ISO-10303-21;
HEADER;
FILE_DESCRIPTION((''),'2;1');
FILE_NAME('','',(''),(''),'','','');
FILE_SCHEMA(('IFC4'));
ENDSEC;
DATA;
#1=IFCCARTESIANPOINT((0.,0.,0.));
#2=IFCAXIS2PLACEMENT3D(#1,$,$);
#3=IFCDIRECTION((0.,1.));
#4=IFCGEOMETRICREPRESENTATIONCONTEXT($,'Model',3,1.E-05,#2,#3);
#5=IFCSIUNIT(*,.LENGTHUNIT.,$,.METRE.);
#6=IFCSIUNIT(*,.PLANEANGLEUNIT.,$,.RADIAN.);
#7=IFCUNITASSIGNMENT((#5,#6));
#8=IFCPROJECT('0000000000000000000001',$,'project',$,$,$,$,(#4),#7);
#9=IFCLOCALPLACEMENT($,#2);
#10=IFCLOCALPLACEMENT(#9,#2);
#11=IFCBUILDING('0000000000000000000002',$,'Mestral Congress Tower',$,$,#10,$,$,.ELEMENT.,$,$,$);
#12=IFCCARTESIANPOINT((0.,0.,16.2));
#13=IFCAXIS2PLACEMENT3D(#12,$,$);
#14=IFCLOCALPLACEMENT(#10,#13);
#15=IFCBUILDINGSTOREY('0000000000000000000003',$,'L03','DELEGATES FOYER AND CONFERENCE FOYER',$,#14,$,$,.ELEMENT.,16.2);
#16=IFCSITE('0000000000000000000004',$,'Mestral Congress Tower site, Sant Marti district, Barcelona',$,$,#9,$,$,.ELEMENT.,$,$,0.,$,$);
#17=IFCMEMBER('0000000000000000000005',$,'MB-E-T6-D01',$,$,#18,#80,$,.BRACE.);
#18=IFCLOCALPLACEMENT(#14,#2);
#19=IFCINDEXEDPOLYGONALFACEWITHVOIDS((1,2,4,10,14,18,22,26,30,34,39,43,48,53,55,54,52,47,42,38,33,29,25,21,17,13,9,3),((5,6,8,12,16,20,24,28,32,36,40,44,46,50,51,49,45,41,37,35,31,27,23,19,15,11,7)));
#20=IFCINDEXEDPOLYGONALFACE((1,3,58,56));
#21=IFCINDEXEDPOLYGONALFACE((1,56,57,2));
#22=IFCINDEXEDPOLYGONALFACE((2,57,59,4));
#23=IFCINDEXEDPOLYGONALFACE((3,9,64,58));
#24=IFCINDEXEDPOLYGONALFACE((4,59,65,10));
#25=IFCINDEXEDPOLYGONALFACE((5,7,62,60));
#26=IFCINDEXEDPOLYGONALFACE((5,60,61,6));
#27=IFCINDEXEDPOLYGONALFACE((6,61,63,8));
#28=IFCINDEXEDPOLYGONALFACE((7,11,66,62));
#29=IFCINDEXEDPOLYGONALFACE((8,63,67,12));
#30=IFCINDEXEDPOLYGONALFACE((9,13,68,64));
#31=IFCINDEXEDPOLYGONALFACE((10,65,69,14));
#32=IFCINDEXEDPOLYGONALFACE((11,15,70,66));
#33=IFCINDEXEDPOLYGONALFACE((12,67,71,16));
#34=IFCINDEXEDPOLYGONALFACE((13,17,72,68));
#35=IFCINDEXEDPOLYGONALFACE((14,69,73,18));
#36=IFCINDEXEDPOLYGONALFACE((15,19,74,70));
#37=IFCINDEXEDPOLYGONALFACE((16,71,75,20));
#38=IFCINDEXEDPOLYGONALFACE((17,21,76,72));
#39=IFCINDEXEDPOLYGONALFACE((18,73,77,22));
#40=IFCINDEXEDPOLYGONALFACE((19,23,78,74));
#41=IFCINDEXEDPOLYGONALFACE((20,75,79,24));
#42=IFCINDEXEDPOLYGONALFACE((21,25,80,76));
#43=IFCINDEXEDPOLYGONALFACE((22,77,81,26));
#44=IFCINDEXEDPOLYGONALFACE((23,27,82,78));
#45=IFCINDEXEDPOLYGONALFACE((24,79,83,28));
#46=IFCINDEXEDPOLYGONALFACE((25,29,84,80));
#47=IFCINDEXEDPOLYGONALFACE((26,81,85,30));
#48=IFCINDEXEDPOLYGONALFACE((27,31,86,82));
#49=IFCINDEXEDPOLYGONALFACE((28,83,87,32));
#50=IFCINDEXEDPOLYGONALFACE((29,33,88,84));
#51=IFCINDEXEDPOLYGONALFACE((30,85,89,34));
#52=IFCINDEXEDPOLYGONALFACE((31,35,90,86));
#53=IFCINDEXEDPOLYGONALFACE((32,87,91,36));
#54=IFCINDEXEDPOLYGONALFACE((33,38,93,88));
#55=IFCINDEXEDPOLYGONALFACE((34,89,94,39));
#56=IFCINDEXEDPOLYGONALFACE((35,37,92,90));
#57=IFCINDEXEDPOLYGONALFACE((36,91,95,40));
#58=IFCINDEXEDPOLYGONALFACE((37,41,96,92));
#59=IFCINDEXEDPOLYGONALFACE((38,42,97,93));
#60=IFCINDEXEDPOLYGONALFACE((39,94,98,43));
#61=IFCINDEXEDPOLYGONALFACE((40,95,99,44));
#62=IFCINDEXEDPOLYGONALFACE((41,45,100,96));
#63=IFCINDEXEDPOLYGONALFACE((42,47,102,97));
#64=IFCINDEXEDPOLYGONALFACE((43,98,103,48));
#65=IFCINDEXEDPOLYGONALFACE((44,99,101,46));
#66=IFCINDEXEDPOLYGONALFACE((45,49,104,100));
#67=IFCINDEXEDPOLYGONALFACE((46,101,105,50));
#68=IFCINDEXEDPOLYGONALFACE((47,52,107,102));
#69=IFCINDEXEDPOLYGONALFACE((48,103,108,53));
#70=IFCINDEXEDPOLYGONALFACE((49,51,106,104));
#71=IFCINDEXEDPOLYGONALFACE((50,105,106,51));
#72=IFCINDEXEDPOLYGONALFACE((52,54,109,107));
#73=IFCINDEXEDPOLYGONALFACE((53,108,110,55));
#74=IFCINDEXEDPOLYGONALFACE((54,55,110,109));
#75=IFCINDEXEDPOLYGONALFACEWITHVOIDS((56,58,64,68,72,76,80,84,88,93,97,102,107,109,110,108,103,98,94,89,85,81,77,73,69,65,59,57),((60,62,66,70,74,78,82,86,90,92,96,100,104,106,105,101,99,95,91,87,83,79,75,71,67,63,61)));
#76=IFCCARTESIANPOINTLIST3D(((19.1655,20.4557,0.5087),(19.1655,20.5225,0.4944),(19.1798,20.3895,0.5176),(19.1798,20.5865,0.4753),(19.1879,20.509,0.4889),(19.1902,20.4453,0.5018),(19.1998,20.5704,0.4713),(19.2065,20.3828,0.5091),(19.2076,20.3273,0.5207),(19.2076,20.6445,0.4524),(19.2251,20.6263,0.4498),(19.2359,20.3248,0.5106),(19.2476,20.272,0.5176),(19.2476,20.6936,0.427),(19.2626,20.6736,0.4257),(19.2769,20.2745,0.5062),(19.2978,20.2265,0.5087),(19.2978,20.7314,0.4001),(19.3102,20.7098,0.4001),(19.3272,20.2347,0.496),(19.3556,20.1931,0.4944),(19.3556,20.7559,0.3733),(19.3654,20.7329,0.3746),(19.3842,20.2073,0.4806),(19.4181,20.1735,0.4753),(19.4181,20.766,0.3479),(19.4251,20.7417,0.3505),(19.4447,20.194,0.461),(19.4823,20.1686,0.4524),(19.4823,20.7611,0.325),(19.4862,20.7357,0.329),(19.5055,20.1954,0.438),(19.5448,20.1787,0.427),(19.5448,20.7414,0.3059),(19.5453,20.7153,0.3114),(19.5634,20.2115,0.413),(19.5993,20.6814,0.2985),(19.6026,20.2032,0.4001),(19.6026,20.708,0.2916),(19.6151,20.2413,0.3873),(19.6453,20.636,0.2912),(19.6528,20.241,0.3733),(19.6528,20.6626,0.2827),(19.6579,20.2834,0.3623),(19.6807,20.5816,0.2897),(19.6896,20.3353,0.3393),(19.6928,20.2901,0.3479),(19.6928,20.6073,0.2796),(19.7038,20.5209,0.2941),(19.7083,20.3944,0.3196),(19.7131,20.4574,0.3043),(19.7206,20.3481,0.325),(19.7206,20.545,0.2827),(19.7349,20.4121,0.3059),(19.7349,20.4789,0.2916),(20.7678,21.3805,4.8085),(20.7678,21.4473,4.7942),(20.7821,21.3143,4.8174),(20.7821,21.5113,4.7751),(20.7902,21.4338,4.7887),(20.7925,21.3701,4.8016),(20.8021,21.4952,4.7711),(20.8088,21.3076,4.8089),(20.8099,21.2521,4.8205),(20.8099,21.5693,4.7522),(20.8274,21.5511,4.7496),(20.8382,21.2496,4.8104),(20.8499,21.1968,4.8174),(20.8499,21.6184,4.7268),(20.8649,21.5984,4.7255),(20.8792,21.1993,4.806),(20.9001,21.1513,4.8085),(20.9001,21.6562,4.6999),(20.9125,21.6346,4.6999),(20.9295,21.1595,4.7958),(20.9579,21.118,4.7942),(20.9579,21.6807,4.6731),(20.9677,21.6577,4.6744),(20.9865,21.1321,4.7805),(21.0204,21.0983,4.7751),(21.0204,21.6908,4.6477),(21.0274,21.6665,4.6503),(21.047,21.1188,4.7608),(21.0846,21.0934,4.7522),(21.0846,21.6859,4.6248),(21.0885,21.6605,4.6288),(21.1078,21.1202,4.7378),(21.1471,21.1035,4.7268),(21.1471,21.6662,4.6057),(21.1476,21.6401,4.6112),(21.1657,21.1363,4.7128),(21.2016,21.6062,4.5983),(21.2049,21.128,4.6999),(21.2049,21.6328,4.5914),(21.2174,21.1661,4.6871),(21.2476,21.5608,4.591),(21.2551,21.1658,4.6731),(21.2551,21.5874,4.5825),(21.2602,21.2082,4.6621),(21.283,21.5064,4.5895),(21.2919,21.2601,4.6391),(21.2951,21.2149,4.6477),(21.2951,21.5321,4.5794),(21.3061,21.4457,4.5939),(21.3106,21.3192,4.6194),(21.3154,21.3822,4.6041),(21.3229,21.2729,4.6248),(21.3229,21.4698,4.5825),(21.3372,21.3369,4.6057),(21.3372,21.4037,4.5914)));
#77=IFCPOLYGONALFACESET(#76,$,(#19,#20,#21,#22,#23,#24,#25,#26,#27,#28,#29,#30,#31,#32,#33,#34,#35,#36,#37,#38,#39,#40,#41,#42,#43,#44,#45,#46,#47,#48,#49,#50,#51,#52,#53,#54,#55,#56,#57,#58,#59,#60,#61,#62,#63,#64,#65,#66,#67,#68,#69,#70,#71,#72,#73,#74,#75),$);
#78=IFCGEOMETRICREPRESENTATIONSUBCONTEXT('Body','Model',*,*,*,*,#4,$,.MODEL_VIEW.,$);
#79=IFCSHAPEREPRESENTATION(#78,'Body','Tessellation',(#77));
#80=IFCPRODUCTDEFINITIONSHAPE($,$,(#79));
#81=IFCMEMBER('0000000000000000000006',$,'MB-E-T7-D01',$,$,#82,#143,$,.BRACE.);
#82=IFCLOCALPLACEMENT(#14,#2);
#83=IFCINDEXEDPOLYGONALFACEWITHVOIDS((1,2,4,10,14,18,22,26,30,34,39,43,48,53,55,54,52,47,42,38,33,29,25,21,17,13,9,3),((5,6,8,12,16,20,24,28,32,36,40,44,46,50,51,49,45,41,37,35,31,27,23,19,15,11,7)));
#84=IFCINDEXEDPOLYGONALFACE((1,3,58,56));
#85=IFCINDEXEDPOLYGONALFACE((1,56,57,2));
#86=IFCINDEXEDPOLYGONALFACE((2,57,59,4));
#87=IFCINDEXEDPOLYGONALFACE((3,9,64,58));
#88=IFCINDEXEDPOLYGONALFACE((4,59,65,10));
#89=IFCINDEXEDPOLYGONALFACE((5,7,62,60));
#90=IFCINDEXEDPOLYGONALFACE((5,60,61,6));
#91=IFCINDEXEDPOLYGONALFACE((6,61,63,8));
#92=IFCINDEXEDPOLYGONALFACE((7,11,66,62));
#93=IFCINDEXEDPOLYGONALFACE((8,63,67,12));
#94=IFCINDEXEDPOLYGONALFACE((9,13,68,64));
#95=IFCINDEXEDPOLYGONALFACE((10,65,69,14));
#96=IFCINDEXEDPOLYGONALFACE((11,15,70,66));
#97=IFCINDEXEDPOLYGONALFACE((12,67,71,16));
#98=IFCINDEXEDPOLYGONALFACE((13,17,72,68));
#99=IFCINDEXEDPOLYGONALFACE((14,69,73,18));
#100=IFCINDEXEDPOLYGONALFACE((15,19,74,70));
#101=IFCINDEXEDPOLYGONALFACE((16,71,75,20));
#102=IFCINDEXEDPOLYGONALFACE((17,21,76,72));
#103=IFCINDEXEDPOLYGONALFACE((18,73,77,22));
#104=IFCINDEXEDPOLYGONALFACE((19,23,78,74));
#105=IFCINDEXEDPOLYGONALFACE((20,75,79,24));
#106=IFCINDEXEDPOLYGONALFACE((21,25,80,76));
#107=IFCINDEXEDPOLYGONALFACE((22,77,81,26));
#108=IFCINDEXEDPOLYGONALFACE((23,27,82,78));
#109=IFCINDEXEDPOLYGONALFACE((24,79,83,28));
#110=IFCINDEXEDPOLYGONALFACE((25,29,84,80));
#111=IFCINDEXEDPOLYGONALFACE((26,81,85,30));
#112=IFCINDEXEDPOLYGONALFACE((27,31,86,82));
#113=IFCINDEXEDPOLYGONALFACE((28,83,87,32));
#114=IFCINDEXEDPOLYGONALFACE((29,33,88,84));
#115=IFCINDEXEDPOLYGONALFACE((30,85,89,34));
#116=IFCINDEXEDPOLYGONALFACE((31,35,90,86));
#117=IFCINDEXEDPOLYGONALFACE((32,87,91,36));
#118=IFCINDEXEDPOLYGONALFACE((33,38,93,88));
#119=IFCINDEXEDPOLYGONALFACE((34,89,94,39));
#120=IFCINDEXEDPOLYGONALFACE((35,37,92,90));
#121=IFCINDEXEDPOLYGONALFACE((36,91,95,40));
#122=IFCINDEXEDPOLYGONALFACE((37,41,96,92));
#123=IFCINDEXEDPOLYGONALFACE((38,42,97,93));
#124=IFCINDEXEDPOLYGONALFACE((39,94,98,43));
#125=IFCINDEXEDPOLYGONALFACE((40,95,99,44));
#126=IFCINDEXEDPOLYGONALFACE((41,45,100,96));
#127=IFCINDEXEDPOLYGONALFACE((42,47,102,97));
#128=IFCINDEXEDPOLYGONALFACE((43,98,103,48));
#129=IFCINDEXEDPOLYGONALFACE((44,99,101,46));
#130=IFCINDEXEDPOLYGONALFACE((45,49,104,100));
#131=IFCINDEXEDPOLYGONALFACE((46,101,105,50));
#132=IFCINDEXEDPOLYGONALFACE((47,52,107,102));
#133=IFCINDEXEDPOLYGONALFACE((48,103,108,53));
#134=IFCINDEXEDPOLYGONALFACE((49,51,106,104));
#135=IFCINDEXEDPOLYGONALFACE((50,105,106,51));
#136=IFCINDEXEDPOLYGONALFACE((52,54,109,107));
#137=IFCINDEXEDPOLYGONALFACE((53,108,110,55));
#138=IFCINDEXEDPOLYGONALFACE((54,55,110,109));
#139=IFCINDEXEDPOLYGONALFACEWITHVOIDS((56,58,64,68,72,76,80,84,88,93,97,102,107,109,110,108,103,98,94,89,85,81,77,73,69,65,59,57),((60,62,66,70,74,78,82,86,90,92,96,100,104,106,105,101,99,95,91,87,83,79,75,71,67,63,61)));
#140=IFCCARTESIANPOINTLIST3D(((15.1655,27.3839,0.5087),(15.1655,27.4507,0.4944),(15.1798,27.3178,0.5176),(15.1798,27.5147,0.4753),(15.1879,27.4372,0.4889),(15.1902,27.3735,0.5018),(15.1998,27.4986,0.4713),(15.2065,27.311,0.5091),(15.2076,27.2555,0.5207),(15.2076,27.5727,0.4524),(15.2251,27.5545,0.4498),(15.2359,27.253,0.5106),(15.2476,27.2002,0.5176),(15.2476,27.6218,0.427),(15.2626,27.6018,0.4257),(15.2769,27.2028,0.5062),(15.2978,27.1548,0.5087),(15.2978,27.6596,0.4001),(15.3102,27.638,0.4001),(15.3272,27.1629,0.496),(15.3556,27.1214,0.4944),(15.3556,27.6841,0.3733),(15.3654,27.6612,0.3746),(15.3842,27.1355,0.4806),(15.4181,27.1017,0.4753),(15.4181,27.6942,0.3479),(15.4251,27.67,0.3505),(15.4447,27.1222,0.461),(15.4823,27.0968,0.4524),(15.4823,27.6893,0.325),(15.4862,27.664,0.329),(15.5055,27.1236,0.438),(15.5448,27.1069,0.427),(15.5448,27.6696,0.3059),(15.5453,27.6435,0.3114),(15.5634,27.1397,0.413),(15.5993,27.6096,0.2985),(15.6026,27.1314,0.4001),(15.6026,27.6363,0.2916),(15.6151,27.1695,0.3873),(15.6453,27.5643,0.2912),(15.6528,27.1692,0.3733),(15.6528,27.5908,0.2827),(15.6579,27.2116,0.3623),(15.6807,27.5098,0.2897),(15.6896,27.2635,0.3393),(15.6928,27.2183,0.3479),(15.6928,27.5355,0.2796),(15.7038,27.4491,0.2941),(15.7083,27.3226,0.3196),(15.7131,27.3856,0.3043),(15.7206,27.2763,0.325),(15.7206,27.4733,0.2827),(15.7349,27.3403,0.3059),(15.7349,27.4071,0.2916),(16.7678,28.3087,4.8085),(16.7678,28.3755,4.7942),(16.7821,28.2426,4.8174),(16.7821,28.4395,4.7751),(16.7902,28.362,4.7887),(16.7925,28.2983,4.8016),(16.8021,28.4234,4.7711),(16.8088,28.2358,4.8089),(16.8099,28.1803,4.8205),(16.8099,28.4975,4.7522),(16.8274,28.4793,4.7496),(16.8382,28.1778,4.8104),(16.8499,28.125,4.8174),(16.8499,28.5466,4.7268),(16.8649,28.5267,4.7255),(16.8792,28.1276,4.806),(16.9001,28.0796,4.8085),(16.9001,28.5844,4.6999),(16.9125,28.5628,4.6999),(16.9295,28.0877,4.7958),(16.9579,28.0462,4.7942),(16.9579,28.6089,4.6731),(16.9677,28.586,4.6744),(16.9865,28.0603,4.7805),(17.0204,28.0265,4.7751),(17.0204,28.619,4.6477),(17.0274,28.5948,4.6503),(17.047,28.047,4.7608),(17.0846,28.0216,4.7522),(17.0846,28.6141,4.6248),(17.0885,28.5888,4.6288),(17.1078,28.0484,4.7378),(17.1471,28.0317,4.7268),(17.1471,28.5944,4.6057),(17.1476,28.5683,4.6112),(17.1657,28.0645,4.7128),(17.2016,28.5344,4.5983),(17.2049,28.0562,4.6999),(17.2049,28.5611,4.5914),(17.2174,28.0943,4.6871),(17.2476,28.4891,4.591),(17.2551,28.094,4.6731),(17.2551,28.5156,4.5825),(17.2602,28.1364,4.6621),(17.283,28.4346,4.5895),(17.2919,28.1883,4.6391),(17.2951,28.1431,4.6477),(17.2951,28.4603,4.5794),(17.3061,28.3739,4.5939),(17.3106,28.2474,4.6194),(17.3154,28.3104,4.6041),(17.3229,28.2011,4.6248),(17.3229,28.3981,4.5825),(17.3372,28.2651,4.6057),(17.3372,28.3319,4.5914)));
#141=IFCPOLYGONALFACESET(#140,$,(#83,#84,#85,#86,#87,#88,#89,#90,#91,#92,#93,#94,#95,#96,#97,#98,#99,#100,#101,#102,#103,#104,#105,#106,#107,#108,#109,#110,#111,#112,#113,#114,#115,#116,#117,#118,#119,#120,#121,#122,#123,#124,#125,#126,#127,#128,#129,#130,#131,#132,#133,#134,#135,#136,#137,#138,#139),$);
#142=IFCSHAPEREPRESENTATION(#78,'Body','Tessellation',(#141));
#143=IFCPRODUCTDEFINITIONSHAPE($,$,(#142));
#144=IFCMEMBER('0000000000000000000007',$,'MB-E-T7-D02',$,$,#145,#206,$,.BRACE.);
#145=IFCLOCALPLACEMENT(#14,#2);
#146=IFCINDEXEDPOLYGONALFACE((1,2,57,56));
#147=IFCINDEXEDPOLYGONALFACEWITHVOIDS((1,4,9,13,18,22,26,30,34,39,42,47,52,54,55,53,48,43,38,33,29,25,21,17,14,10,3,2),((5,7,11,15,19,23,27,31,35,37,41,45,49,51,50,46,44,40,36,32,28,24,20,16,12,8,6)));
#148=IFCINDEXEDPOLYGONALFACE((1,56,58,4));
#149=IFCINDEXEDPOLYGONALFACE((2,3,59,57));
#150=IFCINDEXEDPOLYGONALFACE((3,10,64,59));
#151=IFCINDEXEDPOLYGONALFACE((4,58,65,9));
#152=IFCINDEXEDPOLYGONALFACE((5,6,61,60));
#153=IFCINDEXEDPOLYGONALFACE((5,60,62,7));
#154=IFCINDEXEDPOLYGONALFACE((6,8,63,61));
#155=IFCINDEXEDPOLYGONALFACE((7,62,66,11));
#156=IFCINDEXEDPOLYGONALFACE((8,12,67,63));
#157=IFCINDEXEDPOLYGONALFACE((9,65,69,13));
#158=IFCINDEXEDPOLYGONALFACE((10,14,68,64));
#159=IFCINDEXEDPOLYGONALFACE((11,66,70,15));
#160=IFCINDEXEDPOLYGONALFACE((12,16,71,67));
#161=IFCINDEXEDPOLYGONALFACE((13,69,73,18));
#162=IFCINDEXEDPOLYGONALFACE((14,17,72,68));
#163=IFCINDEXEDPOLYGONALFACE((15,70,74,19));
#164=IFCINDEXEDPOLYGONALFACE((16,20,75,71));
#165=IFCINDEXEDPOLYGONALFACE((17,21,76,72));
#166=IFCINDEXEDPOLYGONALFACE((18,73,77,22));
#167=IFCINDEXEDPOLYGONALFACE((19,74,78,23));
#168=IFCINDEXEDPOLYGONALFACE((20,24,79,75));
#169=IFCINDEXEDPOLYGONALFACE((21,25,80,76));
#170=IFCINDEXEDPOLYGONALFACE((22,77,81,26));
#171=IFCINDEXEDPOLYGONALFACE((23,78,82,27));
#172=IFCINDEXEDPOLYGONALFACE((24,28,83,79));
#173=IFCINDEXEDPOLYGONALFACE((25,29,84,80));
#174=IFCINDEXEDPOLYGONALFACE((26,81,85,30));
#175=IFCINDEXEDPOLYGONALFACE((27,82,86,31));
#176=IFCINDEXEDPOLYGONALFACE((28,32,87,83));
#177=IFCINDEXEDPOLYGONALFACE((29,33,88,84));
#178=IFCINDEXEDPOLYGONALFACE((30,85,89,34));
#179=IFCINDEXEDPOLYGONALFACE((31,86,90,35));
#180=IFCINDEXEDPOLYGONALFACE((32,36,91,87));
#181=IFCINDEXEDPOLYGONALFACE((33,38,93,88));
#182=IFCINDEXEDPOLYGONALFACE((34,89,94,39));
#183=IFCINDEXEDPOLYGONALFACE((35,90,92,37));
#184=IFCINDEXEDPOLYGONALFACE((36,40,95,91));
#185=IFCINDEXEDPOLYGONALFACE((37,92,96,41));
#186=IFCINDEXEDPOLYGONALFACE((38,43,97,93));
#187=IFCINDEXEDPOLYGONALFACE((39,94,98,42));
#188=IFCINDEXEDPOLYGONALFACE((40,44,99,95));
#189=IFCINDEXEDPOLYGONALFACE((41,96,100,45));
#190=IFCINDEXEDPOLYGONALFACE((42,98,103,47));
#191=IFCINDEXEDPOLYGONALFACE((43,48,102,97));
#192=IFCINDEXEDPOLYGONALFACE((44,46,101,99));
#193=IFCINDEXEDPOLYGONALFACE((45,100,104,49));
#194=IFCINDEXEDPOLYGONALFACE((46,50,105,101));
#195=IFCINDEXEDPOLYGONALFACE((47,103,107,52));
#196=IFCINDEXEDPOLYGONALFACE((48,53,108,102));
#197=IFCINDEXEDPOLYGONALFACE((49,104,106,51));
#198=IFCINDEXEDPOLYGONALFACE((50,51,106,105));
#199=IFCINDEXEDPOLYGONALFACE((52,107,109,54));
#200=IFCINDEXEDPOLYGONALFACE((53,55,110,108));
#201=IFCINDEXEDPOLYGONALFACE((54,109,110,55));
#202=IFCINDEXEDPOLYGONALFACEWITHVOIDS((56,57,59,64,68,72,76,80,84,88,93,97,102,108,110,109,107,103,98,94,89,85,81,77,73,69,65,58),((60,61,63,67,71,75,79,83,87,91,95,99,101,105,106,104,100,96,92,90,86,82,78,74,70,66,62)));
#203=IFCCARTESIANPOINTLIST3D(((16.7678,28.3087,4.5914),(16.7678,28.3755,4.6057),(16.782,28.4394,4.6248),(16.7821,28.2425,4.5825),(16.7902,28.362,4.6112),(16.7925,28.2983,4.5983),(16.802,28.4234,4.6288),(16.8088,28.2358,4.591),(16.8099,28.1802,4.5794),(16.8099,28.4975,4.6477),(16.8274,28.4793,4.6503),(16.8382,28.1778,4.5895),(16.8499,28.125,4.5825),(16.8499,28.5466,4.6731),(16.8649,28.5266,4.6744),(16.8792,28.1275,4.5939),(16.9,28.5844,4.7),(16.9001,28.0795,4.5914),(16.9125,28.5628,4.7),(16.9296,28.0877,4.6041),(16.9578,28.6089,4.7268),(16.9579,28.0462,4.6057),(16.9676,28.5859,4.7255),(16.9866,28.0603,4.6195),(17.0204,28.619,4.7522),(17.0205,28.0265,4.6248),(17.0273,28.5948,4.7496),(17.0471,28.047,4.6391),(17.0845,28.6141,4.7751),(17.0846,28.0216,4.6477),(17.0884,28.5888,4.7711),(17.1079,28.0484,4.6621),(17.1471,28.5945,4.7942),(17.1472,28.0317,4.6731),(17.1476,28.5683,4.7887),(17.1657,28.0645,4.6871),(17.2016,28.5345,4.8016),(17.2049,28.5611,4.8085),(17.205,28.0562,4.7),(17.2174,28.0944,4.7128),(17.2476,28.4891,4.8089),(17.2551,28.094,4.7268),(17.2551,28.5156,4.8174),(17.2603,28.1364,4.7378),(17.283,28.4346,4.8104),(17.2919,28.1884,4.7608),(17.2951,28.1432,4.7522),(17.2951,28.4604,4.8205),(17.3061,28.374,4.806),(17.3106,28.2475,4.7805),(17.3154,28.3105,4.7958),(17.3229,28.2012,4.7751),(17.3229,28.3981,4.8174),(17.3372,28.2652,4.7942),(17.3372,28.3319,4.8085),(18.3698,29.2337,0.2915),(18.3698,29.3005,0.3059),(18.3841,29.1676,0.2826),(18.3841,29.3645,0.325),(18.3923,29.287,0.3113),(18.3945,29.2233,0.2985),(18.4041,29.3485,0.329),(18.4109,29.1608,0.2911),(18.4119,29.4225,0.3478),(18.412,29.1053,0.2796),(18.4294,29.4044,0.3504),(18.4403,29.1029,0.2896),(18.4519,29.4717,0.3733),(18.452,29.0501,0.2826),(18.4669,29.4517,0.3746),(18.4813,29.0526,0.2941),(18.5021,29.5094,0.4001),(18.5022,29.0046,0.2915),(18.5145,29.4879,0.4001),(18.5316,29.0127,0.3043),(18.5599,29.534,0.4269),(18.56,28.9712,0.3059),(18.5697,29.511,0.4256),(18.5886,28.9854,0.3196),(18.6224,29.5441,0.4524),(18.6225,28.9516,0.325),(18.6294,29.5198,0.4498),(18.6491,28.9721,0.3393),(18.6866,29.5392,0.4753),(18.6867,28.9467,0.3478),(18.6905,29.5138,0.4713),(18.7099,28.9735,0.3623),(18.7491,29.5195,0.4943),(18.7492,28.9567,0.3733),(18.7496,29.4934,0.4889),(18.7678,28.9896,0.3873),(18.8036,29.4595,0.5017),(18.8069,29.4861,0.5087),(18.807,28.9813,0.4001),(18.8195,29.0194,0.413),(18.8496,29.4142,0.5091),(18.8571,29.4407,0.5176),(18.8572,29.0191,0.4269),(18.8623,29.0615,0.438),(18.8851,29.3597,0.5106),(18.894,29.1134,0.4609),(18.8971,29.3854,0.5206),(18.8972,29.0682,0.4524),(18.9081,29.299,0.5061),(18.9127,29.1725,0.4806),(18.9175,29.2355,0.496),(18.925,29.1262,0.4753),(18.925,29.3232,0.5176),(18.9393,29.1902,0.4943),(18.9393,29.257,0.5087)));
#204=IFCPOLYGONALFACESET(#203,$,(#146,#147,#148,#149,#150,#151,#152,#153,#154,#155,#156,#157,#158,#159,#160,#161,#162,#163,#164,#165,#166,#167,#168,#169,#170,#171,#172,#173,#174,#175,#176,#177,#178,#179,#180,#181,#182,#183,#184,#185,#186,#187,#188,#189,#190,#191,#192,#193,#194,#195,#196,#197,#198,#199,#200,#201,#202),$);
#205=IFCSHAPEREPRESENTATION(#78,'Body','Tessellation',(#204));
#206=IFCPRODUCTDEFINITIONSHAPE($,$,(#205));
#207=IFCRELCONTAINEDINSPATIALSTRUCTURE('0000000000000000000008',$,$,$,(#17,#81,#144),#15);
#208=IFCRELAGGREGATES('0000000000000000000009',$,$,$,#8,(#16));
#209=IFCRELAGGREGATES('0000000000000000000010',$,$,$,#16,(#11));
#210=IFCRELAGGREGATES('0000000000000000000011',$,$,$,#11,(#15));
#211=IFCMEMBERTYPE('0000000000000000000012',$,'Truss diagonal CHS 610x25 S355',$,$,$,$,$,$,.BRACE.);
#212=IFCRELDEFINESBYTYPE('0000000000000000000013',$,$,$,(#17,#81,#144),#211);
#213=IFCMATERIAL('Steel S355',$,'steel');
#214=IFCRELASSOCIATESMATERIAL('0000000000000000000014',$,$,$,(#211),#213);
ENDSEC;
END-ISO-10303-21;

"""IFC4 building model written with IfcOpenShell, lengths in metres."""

from ifc_helpers import new_model, si_unit, direction, frame, origin, origin_2d, place, context, subcontext, project, spatial, hollow_circle, extrude, material, material_profile, profile_set, type_object, element, save


model = new_model("IFC4")

# Units and contexts
model_context = context("Model", 3, precision=1e-05, world=origin(), true_north=direction((0.0, 1.0)))
body_context = subcontext(model_context, "Body", "Model", "MODEL_VIEW")
ifc_project = project(units=[si_unit("LENGTHUNIT", "METRE"), si_unit("PLANEANGLEUNIT", "RADIAN")], contexts=[model_context])

# Site, building, storey
site_placement = place(None, origin())
site = spatial("IfcSite", under=ifc_project, at=site_placement, Name="Mestral Congress Tower site, Sant Marti district, Barcelona", CompositionType="ELEMENT", RefElevation=0.0)
building_placement = place(site_placement, origin())
building = spatial("IfcBuilding", under=site, at=building_placement, Name="Mestral Congress Tower", CompositionType="ELEMENT")
storey_placement = place(building_placement, frame((0.0, 0.0, 16.2)))
storey = spatial("IfcBuildingStorey", under=building, at=storey_placement, Name="L03", Description="DELEGATES FOYER AND CONFERENCE FOYER", CompositionType="ELEMENT", Elevation=16.2)

# Members
ifc_material_1 = material(Name="Steel S355", Category="steel")
ifc_material_profile_1 = material_profile(ifc_material_1, hollow_circle(Radius=0.3049, WallThickness=0.0249, at=origin_2d()), Name="CHS 610x25")
ifc_profile_set_1 = profile_set([ifc_material_profile_1], Name="Steel S355")
member_type_1 = type_object("IfcMemberType", Name="Truss diagonal CHS 610x25 S355", PredefinedType="BRACE", material=ifc_profile_set_1)
for number, where, z_axis, x_axis, name in (
    (1, (19.4502, 20.4673, 0.4001), (0.342304, 0.197569, 0.918583), (-0.499886, 0.866091, 0.0), "MB-E-T6-D01"),
    (2, (15.4502, 27.3955, 0.4001), (0.342304, 0.197569, 0.918583), (-0.499886, 0.866091, 0.0), "MB-E-T7-D01"),
    (3, (17.0525, 28.3203, 4.7), (0.342254, 0.197623, -0.91859), (-0.500042, 0.866001, 0.0), "MB-E-T7-D02"),
):
    element("IfcMember", number, at=place(storey_placement, frame(where, z_axis=z_axis, x_axis=x_axis)), inside=storey, type_object=member_type_1, Name=name, PredefinedType="BRACE", context=body_context, shape_type="SweptSolid", body=[
        extrude(hollow_circle(Radius=0.3049, WallThickness=0.0249, at=origin_2d()), origin(), (0.0, 0.0, 1.0), 4.6809),
    ])

save(model, "model.ifc")
